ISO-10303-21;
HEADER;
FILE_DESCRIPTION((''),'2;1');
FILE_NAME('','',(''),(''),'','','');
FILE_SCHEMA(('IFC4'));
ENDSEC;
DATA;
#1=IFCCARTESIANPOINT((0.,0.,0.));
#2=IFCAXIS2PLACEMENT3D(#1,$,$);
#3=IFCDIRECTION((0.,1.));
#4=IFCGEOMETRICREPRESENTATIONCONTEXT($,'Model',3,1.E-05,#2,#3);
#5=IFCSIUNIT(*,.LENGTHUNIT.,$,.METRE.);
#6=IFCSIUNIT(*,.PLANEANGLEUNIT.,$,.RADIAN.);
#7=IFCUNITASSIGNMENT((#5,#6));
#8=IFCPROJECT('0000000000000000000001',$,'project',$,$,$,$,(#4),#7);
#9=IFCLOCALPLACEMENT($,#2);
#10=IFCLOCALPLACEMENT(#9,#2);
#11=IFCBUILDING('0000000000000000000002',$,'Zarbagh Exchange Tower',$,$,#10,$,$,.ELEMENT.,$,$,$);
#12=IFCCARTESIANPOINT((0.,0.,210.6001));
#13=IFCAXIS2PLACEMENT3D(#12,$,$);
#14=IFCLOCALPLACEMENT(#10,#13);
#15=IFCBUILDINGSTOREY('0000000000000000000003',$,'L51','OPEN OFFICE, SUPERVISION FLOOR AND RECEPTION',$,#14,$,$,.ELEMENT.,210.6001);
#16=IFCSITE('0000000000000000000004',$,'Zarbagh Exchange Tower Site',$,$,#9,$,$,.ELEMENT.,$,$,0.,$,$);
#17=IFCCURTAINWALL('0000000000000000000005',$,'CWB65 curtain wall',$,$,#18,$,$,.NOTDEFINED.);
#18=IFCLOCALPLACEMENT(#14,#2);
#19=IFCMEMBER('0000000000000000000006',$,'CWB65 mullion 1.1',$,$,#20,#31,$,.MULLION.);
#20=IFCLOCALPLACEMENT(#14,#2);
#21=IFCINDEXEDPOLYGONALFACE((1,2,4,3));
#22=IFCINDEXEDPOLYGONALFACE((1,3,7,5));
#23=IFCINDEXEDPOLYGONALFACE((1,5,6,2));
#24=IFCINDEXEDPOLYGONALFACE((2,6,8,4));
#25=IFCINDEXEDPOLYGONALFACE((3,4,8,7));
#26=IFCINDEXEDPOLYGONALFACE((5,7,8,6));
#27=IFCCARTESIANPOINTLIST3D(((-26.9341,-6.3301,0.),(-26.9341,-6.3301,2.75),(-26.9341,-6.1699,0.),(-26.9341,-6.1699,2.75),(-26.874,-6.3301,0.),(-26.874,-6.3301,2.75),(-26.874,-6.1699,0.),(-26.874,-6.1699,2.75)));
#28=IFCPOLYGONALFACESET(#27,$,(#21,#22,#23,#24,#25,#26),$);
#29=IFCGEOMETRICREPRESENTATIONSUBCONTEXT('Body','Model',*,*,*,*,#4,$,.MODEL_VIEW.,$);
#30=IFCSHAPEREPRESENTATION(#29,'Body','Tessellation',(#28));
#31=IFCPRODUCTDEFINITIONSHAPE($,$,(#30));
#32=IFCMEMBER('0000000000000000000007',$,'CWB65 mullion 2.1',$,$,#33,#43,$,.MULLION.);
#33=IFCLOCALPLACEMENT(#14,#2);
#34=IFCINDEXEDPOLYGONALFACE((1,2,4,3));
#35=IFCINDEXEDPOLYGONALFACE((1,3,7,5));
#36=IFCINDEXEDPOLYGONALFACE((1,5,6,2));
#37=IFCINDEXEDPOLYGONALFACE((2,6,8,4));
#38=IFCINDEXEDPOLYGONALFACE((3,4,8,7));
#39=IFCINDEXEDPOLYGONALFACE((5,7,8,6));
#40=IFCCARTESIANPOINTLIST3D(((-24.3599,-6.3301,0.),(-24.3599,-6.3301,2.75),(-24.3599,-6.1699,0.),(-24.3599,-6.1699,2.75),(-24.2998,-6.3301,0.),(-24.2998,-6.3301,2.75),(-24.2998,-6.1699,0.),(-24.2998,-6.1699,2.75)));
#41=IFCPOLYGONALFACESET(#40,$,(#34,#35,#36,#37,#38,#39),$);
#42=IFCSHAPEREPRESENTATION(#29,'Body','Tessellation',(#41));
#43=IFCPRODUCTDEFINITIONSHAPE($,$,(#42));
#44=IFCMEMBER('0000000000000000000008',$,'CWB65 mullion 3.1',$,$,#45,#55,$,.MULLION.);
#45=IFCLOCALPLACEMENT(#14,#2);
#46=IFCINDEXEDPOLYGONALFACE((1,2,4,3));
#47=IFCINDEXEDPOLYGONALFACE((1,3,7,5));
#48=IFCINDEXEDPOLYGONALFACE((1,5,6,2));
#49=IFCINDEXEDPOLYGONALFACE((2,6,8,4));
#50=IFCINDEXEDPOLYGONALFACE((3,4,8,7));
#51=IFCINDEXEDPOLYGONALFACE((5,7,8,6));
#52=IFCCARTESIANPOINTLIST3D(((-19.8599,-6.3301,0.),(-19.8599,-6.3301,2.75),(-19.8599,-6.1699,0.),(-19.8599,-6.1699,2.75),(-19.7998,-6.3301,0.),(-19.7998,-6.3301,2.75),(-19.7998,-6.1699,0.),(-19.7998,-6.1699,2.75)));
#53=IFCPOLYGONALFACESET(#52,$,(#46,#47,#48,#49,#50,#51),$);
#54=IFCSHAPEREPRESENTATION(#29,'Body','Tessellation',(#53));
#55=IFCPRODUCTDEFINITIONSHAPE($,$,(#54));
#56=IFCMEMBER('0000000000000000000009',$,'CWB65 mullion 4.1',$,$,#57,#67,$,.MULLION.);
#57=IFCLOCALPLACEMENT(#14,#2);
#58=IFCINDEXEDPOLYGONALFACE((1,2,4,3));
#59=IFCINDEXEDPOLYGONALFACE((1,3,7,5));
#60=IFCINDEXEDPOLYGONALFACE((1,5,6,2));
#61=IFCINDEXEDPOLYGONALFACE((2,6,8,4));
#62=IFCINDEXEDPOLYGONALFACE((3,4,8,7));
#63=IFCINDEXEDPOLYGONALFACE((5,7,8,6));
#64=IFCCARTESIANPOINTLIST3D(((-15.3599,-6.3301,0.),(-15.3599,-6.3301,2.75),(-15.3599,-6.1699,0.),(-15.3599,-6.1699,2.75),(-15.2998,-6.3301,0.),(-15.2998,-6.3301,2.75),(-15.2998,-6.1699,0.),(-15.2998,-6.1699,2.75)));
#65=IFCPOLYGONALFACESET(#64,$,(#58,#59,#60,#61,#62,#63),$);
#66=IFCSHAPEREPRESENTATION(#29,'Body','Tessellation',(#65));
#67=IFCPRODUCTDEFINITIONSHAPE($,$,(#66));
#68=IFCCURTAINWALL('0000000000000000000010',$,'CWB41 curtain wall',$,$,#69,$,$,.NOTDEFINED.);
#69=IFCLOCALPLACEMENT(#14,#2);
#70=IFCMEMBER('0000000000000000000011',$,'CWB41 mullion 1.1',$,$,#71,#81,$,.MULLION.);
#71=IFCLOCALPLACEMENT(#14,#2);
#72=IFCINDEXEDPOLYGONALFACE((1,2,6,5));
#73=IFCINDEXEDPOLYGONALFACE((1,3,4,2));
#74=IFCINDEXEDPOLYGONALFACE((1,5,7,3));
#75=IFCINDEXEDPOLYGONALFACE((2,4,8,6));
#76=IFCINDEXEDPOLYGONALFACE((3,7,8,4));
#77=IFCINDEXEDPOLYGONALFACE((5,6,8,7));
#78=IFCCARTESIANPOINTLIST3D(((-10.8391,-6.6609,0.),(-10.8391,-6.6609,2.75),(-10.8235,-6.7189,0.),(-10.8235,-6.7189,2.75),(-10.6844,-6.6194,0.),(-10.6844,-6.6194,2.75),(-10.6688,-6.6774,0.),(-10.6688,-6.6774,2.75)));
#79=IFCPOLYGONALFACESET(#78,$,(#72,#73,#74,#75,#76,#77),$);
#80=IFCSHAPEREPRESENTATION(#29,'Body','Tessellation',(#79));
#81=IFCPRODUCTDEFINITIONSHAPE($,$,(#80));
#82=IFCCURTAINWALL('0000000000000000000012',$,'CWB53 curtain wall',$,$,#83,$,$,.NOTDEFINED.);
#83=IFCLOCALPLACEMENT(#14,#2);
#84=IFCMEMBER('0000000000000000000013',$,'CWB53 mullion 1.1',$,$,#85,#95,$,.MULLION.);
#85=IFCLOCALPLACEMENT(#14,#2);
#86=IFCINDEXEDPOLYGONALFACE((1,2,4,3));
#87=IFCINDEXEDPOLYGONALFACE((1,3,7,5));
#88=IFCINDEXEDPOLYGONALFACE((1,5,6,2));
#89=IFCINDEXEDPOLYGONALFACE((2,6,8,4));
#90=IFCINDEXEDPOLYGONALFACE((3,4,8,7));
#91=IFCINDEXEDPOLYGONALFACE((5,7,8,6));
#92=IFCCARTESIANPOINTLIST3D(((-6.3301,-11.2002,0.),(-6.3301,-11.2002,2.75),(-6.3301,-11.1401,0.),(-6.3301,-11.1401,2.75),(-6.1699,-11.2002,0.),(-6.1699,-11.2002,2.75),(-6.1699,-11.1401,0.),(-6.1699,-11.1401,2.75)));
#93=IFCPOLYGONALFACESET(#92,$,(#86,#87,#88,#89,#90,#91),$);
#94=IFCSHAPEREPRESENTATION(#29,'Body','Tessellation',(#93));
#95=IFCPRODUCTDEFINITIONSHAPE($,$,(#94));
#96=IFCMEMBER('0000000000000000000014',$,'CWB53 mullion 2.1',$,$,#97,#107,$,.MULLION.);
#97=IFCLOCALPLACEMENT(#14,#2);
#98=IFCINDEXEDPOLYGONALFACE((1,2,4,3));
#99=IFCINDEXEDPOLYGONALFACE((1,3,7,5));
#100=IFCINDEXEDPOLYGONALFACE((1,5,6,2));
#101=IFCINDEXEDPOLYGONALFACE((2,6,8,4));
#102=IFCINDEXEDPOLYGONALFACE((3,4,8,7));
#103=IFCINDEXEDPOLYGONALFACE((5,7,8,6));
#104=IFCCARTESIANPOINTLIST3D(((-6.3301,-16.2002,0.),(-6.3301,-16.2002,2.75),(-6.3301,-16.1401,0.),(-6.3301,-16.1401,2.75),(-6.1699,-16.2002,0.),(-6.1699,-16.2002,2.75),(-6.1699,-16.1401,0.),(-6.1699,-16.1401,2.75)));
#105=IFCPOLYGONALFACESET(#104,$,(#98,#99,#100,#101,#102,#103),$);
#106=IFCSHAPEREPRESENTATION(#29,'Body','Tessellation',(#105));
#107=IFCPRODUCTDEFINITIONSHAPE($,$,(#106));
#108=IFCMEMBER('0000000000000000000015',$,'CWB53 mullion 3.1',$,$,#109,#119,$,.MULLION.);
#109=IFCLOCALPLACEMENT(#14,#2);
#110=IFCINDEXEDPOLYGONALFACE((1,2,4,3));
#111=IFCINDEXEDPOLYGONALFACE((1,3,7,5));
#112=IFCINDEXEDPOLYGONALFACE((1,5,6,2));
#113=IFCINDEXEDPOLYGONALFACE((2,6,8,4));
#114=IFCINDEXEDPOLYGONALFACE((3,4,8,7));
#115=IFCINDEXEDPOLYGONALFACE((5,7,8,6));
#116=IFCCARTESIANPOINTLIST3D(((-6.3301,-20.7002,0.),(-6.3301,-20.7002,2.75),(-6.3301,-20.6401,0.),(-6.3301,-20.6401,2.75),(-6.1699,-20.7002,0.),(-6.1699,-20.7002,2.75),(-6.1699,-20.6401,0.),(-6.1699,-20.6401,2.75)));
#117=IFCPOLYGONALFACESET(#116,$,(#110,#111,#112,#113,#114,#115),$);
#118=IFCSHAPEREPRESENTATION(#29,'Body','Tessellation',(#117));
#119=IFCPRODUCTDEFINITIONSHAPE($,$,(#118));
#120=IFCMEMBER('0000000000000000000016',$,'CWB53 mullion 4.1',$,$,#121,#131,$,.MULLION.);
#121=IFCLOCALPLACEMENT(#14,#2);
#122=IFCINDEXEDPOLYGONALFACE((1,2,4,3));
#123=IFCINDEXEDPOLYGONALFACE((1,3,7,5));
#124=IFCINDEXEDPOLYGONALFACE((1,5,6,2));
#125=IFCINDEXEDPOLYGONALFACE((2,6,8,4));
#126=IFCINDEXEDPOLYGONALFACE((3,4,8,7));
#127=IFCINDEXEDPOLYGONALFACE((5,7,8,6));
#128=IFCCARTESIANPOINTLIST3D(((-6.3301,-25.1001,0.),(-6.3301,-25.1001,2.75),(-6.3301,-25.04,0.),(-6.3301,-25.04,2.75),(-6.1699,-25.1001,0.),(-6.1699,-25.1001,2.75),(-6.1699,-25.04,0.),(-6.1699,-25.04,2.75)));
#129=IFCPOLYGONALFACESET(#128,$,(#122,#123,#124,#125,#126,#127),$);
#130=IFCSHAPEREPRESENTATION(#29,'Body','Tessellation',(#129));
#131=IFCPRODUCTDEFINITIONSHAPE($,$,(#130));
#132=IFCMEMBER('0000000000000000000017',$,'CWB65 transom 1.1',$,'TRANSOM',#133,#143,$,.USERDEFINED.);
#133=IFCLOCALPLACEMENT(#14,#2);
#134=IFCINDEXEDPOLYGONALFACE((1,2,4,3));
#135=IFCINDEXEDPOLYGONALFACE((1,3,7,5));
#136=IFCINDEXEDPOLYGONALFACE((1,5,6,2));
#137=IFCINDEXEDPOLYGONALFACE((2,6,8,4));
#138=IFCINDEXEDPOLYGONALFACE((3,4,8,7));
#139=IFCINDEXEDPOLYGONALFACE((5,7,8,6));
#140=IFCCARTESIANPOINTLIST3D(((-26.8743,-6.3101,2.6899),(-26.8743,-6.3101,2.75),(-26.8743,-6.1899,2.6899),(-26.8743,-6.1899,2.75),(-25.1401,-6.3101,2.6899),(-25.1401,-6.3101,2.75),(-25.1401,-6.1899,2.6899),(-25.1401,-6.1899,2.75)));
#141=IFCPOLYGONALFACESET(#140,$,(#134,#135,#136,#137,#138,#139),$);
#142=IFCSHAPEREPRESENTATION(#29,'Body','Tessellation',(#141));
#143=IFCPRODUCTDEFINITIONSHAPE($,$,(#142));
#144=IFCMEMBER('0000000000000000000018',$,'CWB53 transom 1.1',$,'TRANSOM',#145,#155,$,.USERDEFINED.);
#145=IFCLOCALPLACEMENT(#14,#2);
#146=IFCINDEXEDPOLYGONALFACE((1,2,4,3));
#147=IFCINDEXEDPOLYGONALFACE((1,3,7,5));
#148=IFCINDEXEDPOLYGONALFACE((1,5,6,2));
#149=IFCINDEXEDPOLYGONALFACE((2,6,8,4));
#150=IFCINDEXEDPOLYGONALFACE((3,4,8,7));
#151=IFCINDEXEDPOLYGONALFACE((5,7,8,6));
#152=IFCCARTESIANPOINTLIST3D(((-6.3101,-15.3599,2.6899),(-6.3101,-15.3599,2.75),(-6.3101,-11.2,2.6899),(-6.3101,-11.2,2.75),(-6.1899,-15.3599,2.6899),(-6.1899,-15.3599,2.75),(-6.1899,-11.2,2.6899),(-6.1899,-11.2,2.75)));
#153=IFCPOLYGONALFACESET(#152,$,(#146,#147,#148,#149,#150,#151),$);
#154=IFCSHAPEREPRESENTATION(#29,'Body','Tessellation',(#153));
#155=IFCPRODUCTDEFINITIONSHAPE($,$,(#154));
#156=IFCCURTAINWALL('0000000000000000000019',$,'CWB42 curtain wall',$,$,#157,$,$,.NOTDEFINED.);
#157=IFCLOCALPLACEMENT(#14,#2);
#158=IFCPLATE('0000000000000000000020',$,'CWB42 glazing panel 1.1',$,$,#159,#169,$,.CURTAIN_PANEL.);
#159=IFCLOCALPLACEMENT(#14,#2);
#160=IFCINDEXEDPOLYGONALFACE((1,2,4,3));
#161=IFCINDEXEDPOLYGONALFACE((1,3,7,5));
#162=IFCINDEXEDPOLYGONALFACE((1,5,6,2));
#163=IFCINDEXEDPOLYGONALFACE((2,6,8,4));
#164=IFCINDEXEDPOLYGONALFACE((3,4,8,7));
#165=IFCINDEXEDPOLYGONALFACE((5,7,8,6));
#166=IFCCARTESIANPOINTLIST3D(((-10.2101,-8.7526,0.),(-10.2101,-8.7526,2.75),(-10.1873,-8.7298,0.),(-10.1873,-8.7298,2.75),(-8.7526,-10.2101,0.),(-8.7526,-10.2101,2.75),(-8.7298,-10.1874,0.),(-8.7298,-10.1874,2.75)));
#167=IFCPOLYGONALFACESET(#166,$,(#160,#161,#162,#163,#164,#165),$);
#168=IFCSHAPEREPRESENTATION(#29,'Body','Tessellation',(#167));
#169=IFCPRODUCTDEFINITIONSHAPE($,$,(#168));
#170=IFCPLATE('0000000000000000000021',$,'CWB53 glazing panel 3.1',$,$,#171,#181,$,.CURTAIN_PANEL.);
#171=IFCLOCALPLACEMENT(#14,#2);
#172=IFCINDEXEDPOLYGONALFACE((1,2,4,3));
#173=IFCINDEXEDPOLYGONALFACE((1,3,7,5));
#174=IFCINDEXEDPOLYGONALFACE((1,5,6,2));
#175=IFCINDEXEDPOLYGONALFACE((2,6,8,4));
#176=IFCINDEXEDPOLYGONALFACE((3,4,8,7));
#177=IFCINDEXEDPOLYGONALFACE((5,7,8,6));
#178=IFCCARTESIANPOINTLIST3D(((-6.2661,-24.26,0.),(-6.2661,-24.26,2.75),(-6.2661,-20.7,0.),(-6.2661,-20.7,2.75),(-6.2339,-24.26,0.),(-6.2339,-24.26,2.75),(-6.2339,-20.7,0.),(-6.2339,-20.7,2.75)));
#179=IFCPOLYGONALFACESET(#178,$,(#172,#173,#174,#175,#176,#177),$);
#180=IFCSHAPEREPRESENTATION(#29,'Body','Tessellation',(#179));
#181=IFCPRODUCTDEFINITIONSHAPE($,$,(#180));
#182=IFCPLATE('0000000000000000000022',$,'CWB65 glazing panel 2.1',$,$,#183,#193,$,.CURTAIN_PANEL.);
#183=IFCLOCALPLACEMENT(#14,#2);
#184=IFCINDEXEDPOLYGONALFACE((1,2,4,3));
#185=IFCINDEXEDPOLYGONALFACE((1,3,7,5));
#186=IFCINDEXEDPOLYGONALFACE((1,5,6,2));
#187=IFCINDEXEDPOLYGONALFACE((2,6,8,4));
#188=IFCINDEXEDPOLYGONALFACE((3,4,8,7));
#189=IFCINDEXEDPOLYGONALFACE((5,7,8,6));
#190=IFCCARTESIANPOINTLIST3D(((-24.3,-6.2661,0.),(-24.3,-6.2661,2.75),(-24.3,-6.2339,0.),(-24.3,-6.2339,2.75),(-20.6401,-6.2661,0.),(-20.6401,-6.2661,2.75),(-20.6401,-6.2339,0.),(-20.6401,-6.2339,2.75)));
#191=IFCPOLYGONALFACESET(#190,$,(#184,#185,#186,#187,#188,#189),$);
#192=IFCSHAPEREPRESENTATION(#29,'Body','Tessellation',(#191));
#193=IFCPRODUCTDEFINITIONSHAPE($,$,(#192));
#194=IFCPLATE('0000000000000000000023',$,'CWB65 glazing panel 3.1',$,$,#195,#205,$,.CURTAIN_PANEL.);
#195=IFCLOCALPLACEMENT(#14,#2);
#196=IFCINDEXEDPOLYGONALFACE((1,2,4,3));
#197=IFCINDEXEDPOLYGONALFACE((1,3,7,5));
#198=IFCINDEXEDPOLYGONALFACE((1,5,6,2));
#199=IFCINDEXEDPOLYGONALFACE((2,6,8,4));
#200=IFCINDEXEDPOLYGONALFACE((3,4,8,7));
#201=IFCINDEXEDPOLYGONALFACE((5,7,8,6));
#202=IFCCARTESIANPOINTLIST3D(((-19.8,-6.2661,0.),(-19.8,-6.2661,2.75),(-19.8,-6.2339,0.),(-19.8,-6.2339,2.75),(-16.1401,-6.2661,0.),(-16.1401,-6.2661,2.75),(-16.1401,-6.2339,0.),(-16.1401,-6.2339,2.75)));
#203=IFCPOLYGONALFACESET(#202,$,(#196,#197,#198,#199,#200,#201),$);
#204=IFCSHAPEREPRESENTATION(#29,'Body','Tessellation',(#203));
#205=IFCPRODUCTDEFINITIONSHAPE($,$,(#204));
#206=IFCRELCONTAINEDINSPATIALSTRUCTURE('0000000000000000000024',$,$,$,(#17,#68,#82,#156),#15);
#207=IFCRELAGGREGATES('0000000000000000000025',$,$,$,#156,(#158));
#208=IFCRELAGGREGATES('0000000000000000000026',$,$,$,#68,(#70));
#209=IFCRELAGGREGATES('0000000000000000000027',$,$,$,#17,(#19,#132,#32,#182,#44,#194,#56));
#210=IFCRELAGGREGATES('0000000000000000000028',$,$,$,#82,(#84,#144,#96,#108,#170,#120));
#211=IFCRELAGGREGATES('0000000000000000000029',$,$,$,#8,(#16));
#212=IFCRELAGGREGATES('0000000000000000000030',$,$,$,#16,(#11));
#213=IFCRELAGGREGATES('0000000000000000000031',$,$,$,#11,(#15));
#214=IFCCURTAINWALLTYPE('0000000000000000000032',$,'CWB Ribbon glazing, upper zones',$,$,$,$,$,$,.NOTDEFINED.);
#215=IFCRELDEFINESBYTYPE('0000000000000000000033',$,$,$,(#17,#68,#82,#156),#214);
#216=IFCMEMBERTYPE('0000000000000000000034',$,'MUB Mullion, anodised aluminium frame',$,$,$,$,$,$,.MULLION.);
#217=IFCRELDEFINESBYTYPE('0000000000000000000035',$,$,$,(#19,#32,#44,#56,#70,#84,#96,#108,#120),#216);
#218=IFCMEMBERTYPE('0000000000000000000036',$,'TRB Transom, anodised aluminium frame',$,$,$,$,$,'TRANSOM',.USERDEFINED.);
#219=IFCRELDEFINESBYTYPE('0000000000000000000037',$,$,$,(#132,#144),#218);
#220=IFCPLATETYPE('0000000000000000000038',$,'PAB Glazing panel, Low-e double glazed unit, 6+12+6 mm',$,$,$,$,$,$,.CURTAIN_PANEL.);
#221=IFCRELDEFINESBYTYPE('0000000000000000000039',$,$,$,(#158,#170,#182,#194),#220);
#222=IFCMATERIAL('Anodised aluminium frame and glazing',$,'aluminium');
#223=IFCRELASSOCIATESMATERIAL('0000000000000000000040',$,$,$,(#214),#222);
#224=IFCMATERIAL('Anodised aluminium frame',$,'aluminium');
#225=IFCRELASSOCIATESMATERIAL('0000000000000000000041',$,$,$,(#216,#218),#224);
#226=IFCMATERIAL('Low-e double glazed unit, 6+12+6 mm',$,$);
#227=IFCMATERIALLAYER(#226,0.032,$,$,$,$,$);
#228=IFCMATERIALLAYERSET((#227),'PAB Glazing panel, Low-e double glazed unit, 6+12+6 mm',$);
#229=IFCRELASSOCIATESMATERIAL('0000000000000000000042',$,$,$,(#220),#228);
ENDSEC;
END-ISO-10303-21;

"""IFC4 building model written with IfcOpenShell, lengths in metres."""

from ifc_helpers import new_model, si_unit, direction, frame, origin, place, context, subcontext, project, spatial, polyline, outline, extrude, source, transform, mapped, material, layer, layer_set, type_object, element, aggregate, save


model = new_model("IFC4")

# Units and contexts
model_context = context("Model", 3, precision=1e-05, world=origin(), true_north=direction((0.0, 1.0)))
body_context = subcontext(model_context, "Body", "Model", "MODEL_VIEW")
ifc_project = project(units=[si_unit("LENGTHUNIT", "METRE"), si_unit("PLANEANGLEUNIT", "RADIAN")], contexts=[model_context])

# Site, building, storey
site_placement = place(None, origin())
site = spatial("IfcSite", under=ifc_project, at=site_placement, Name="Zarbagh Exchange Tower Site", CompositionType="ELEMENT", RefElevation=0.0)
building_placement = place(site_placement, origin())
building = spatial("IfcBuilding", under=site, at=building_placement, Name="Zarbagh Exchange Tower", CompositionType="ELEMENT")
storey_placement = place(building_placement, frame((0.0, 0.0, 210.6001)))
storey = spatial("IfcBuildingStorey", under=building, at=storey_placement, Name="L51", Description="OPEN OFFICE, SUPERVISION FLOOR AND RECEPTION", CompositionType="ELEMENT", Elevation=210.6001)

# Curtain wall, members
ifc_material_1 = material(Name="Anodised aluminium frame and glazing", Category="aluminium")
curtain_wall_type = type_object("IfcCurtainWallType", Name="CWB Ribbon glazing, upper zones", PredefinedType="NOTDEFINED", material=ifc_material_1)
curtain_wall_1_placement = place(storey_placement, origin())
curtain_wall_1 = element("IfcCurtainWall", 1, at=curtain_wall_1_placement, inside=storey, type_object=curtain_wall_type, Name="CWB65 curtain wall", PredefinedType="NOTDEFINED")
ifc_material_2 = material(Name="Anodised aluminium frame", Category="aluminium")
member_type_1 = type_object("IfcMemberType", Name="MUB Mullion, anodised aluminium frame", PredefinedType="MULLION", material=ifc_material_2)
shared_shape_1 = source(origin(), body_context, "Body", "SweptSolid", [
    extrude(outline(polyline([(0.0, -0.0801), (0.0601, -0.0801), (0.0601, 0.0801), (0.0, 0.0801), (0.0, -0.0801)])), origin(), (0.0, 0.0, 1.0), 2.75),
])
placement = place(storey_placement, origin())
member_1 = element("IfcMember", 2, at=placement, type_object=member_type_1, Name="CWB65 mullion 1.1", PredefinedType="MULLION", context=body_context, shape_type="MappedRepresentation", body=[
    mapped(shared_shape_1, transform((-26.9341, -6.25, 0.0), x_axis=(1.0, 0.0, 0.0), y_axis=(0.0, 1.0, 0.0), z_axis=(0.0, 0.0, 1.0))),
])
member_2 = element("IfcMember", 3, at=placement, type_object=member_type_1, Name="CWB65 mullion 2.1", PredefinedType="MULLION", context=body_context, shape_type="MappedRepresentation", body=[
    mapped(shared_shape_1, transform((-24.3599, -6.25, 0.0), x_axis=(1.0, 0.0, 0.0), y_axis=(0.0, 1.0, 0.0), z_axis=(0.0, 0.0, 1.0))),
])
member_3 = element("IfcMember", 4, at=placement, type_object=member_type_1, Name="CWB65 mullion 3.1", PredefinedType="MULLION", context=body_context, shape_type="MappedRepresentation", body=[
    mapped(shared_shape_1, transform((-19.8599, -6.25, 0.0), x_axis=(1.0, 0.0, 0.0), y_axis=(0.0, 1.0, 0.0), z_axis=(0.0, 0.0, 1.0))),
])
member_4 = element("IfcMember", 5, at=placement, type_object=member_type_1, Name="CWB65 mullion 4.1", PredefinedType="MULLION", context=body_context, shape_type="MappedRepresentation", body=[
    mapped(shared_shape_1, transform((-15.3599, -6.25, 0.0), x_axis=(1.0, 0.0, 0.0), y_axis=(0.0, 1.0, 0.0), z_axis=(0.0, 0.0, 1.0))),
])

# Curtain wall, member
curtain_wall_2_placement = place(storey_placement, origin())
curtain_wall_2 = element("IfcCurtainWall", 6, at=curtain_wall_2_placement, inside=storey, type_object=curtain_wall_type, Name="CWB41 curtain wall", PredefinedType="NOTDEFINED")
member_5 = element("IfcMember", 7, at=placement, type_object=member_type_1, Name="CWB41 mullion 1.1", PredefinedType="MULLION", context=body_context, shape_type="MappedRepresentation", body=[
    mapped(shared_shape_1, transform((-10.7617, -6.6401, 0.0), x_axis=(0.258825, -0.965924, 0.0), y_axis=(0.965924, 0.258825, 0.0), z_axis=(0.0, 0.0, 1.0))),
])

# Curtain wall, members
curtain_wall_3_placement = place(storey_placement, origin())
curtain_wall_3 = element("IfcCurtainWall", 8, at=curtain_wall_3_placement, inside=storey, type_object=curtain_wall_type, Name="CWB53 curtain wall", PredefinedType="NOTDEFINED")
member_6 = element("IfcMember", 9, at=placement, type_object=member_type_1, Name="CWB53 mullion 1.1", PredefinedType="MULLION", context=body_context, shape_type="MappedRepresentation", body=[
    mapped(shared_shape_1, transform((-6.25, -11.1401, 0.0), x_axis=(0.0, -1.0, 0.0), y_axis=(1.0, 0.0, 0.0), z_axis=(0.0, 0.0, 1.0))),
])
member_7 = element("IfcMember", 10, at=placement, type_object=member_type_1, Name="CWB53 mullion 2.1", PredefinedType="MULLION", context=body_context, shape_type="MappedRepresentation", body=[
    mapped(shared_shape_1, transform((-6.25, -16.1401, 0.0), x_axis=(0.0, -1.0, 0.0), y_axis=(1.0, 0.0, 0.0), z_axis=(0.0, 0.0, 1.0))),
])
member_8 = element("IfcMember", 11, at=placement, type_object=member_type_1, Name="CWB53 mullion 3.1", PredefinedType="MULLION", context=body_context, shape_type="MappedRepresentation", body=[
    mapped(shared_shape_1, transform((-6.25, -20.6401, 0.0), x_axis=(0.0, -1.0, 0.0), y_axis=(1.0, 0.0, 0.0), z_axis=(0.0, 0.0, 1.0))),
])
member_9 = element("IfcMember", 12, at=placement, type_object=member_type_1, Name="CWB53 mullion 4.1", PredefinedType="MULLION", context=body_context, shape_type="MappedRepresentation", body=[
    mapped(shared_shape_1, transform((-6.25, -25.04, 0.0), x_axis=(0.0, -1.0, 0.0), y_axis=(1.0, 0.0, 0.0), z_axis=(0.0, 0.0, 1.0))),
])

# Members
member_type_2 = type_object("IfcMemberType", Name="TRB Transom, anodised aluminium frame", ElementType="TRANSOM", PredefinedType="USERDEFINED", material=ifc_material_2)
shared_shape_2 = source(origin(), body_context, "Body", "SweptSolid", [
    extrude(outline(polyline([(-0.0601, -0.0601), (0.0, -0.0601), (0.0, 0.0601), (-0.0601, 0.0601), (-0.0601, -0.0601)])), origin(), (0.0, 0.0, 1.0), 1.7341),
])
member_10 = element("IfcMember", 13, at=placement, type_object=member_type_2, Name="CWB65 transom 1.1", ObjectType="TRANSOM", PredefinedType="USERDEFINED", context=body_context, shape_type="MappedRepresentation", body=[
    mapped(shared_shape_2, transform((-26.8743, -6.25, 2.75), x_axis=(0.0, 0.0, 1.0), y_axis=(0.0, -1.0, 0.0), z_axis=(1.0, 0.0, 0.0))),
])
shared_shape_3 = source(origin(), body_context, "Body", "SweptSolid", [
    extrude(outline(polyline([(-0.0601, -0.0601), (0.0, -0.0601), (0.0, 0.0601), (-0.0601, 0.0601), (-0.0601, -0.0601)])), origin(), (0.0, 0.0, 1.0), 4.1599),
])
member_11 = element("IfcMember", 14, at=placement, type_object=member_type_2, Name="CWB53 transom 1.1", ObjectType="TRANSOM", PredefinedType="USERDEFINED", context=body_context, shape_type="MappedRepresentation", body=[
    mapped(shared_shape_3, transform((-6.25, -11.2, 2.75), x_axis=(0.0, 0.0, 1.0), y_axis=(-1.0, 0.0, 0.0), z_axis=(0.0, -1.0, 0.0))),
])

# Curtain wall, plate
curtain_wall_4_placement = place(storey_placement, origin())
curtain_wall_4 = element("IfcCurtainWall", 15, at=curtain_wall_4_placement, inside=storey, type_object=curtain_wall_type, Name="CWB42 curtain wall", PredefinedType="NOTDEFINED")
ifc_material_3 = material(Name="Low-e double glazed unit, 6+12+6 mm")
ifc_layer = layer(ifc_material_3, 0.032)
ifc_layer_set = layer_set([ifc_layer], Name="PAB Glazing panel, Low-e double glazed unit, 6+12+6 mm")
plate_type = type_object("IfcPlateType", Name="PAB Glazing panel, Low-e double glazed unit, 6+12+6 mm", PredefinedType="CURTAIN_PANEL", material=ifc_layer_set)
shared_shape_4 = source(origin(), body_context, "Body", "SweptSolid", [
    extrude(outline(polyline([(0.0, -0.0161), (2.0613, -0.0161), (2.0613, 0.0161), (0.0, 0.0161), (0.0, -0.0161)])), origin(), (0.0, 0.0, 1.0), 2.75),
])
plate_1 = element("IfcPlate", 16, at=placement, type_object=plate_type, Name="CWB42 glazing panel 1.1", PredefinedType="CURTAIN_PANEL", context=body_context, shape_type="MappedRepresentation", body=[
    mapped(shared_shape_4, transform((-10.1987, -8.7412, 0.0), x_axis=(0.707107, -0.707107, 0.0), y_axis=(0.707107, 0.707107, 0.0), z_axis=(0.0, 0.0, 1.0))),
])
aggregate(curtain_wall_4, [plate_1])

# Plates
shared_shape_5 = source(origin(), body_context, "Body", "SweptSolid", [
    extrude(outline(polyline([(0.0, -0.0161), (3.5601, -0.0161), (3.5601, 0.0161), (0.0, 0.0161), (0.0, -0.0161)])), origin(), (0.0, 0.0, 1.0), 2.75),
])
plate_2 = element("IfcPlate", 17, at=placement, type_object=plate_type, Name="CWB53 glazing panel 3.1", PredefinedType="CURTAIN_PANEL", context=body_context, shape_type="MappedRepresentation", body=[
    mapped(shared_shape_5, transform((-6.25, -20.7, 0.0), x_axis=(0.0, -1.0, 0.0), y_axis=(1.0, 0.0, 0.0), z_axis=(0.0, 0.0, 1.0))),
])
shared_shape_6 = source(origin(), body_context, "Body", "SweptSolid", [
    extrude(outline(polyline([(0.0, -0.0161), (3.6599, -0.0161), (3.6599, 0.0161), (0.0, 0.0161), (0.0, -0.0161)])), origin(), (0.0, 0.0, 1.0), 2.75),
])
plate_3 = element("IfcPlate", 18, at=placement, type_object=plate_type, Name="CWB65 glazing panel 2.1", PredefinedType="CURTAIN_PANEL", context=body_context, shape_type="MappedRepresentation", body=[
    mapped(shared_shape_6, transform((-24.3, -6.25, 0.0), x_axis=(1.0, 0.0, 0.0), y_axis=(0.0, 1.0, 0.0), z_axis=(0.0, 0.0, 1.0))),
])
plate_4 = element("IfcPlate", 19, at=placement, type_object=plate_type, Name="CWB65 glazing panel 3.1", PredefinedType="CURTAIN_PANEL", context=body_context, shape_type="MappedRepresentation", body=[
    mapped(shared_shape_6, transform((-19.8, -6.25, 0.0), x_axis=(1.0, 0.0, 0.0), y_axis=(0.0, 1.0, 0.0), z_axis=(0.0, 0.0, 1.0))),
])
aggregate(curtain_wall_2, [member_5])

aggregate(curtain_wall_1, [member_1, member_10, member_2, plate_3, member_3, plate_4, member_4])
aggregate(curtain_wall_3, [member_6, member_11, member_7, member_8, plate_2, member_9])

save(model, "model.ifc")
